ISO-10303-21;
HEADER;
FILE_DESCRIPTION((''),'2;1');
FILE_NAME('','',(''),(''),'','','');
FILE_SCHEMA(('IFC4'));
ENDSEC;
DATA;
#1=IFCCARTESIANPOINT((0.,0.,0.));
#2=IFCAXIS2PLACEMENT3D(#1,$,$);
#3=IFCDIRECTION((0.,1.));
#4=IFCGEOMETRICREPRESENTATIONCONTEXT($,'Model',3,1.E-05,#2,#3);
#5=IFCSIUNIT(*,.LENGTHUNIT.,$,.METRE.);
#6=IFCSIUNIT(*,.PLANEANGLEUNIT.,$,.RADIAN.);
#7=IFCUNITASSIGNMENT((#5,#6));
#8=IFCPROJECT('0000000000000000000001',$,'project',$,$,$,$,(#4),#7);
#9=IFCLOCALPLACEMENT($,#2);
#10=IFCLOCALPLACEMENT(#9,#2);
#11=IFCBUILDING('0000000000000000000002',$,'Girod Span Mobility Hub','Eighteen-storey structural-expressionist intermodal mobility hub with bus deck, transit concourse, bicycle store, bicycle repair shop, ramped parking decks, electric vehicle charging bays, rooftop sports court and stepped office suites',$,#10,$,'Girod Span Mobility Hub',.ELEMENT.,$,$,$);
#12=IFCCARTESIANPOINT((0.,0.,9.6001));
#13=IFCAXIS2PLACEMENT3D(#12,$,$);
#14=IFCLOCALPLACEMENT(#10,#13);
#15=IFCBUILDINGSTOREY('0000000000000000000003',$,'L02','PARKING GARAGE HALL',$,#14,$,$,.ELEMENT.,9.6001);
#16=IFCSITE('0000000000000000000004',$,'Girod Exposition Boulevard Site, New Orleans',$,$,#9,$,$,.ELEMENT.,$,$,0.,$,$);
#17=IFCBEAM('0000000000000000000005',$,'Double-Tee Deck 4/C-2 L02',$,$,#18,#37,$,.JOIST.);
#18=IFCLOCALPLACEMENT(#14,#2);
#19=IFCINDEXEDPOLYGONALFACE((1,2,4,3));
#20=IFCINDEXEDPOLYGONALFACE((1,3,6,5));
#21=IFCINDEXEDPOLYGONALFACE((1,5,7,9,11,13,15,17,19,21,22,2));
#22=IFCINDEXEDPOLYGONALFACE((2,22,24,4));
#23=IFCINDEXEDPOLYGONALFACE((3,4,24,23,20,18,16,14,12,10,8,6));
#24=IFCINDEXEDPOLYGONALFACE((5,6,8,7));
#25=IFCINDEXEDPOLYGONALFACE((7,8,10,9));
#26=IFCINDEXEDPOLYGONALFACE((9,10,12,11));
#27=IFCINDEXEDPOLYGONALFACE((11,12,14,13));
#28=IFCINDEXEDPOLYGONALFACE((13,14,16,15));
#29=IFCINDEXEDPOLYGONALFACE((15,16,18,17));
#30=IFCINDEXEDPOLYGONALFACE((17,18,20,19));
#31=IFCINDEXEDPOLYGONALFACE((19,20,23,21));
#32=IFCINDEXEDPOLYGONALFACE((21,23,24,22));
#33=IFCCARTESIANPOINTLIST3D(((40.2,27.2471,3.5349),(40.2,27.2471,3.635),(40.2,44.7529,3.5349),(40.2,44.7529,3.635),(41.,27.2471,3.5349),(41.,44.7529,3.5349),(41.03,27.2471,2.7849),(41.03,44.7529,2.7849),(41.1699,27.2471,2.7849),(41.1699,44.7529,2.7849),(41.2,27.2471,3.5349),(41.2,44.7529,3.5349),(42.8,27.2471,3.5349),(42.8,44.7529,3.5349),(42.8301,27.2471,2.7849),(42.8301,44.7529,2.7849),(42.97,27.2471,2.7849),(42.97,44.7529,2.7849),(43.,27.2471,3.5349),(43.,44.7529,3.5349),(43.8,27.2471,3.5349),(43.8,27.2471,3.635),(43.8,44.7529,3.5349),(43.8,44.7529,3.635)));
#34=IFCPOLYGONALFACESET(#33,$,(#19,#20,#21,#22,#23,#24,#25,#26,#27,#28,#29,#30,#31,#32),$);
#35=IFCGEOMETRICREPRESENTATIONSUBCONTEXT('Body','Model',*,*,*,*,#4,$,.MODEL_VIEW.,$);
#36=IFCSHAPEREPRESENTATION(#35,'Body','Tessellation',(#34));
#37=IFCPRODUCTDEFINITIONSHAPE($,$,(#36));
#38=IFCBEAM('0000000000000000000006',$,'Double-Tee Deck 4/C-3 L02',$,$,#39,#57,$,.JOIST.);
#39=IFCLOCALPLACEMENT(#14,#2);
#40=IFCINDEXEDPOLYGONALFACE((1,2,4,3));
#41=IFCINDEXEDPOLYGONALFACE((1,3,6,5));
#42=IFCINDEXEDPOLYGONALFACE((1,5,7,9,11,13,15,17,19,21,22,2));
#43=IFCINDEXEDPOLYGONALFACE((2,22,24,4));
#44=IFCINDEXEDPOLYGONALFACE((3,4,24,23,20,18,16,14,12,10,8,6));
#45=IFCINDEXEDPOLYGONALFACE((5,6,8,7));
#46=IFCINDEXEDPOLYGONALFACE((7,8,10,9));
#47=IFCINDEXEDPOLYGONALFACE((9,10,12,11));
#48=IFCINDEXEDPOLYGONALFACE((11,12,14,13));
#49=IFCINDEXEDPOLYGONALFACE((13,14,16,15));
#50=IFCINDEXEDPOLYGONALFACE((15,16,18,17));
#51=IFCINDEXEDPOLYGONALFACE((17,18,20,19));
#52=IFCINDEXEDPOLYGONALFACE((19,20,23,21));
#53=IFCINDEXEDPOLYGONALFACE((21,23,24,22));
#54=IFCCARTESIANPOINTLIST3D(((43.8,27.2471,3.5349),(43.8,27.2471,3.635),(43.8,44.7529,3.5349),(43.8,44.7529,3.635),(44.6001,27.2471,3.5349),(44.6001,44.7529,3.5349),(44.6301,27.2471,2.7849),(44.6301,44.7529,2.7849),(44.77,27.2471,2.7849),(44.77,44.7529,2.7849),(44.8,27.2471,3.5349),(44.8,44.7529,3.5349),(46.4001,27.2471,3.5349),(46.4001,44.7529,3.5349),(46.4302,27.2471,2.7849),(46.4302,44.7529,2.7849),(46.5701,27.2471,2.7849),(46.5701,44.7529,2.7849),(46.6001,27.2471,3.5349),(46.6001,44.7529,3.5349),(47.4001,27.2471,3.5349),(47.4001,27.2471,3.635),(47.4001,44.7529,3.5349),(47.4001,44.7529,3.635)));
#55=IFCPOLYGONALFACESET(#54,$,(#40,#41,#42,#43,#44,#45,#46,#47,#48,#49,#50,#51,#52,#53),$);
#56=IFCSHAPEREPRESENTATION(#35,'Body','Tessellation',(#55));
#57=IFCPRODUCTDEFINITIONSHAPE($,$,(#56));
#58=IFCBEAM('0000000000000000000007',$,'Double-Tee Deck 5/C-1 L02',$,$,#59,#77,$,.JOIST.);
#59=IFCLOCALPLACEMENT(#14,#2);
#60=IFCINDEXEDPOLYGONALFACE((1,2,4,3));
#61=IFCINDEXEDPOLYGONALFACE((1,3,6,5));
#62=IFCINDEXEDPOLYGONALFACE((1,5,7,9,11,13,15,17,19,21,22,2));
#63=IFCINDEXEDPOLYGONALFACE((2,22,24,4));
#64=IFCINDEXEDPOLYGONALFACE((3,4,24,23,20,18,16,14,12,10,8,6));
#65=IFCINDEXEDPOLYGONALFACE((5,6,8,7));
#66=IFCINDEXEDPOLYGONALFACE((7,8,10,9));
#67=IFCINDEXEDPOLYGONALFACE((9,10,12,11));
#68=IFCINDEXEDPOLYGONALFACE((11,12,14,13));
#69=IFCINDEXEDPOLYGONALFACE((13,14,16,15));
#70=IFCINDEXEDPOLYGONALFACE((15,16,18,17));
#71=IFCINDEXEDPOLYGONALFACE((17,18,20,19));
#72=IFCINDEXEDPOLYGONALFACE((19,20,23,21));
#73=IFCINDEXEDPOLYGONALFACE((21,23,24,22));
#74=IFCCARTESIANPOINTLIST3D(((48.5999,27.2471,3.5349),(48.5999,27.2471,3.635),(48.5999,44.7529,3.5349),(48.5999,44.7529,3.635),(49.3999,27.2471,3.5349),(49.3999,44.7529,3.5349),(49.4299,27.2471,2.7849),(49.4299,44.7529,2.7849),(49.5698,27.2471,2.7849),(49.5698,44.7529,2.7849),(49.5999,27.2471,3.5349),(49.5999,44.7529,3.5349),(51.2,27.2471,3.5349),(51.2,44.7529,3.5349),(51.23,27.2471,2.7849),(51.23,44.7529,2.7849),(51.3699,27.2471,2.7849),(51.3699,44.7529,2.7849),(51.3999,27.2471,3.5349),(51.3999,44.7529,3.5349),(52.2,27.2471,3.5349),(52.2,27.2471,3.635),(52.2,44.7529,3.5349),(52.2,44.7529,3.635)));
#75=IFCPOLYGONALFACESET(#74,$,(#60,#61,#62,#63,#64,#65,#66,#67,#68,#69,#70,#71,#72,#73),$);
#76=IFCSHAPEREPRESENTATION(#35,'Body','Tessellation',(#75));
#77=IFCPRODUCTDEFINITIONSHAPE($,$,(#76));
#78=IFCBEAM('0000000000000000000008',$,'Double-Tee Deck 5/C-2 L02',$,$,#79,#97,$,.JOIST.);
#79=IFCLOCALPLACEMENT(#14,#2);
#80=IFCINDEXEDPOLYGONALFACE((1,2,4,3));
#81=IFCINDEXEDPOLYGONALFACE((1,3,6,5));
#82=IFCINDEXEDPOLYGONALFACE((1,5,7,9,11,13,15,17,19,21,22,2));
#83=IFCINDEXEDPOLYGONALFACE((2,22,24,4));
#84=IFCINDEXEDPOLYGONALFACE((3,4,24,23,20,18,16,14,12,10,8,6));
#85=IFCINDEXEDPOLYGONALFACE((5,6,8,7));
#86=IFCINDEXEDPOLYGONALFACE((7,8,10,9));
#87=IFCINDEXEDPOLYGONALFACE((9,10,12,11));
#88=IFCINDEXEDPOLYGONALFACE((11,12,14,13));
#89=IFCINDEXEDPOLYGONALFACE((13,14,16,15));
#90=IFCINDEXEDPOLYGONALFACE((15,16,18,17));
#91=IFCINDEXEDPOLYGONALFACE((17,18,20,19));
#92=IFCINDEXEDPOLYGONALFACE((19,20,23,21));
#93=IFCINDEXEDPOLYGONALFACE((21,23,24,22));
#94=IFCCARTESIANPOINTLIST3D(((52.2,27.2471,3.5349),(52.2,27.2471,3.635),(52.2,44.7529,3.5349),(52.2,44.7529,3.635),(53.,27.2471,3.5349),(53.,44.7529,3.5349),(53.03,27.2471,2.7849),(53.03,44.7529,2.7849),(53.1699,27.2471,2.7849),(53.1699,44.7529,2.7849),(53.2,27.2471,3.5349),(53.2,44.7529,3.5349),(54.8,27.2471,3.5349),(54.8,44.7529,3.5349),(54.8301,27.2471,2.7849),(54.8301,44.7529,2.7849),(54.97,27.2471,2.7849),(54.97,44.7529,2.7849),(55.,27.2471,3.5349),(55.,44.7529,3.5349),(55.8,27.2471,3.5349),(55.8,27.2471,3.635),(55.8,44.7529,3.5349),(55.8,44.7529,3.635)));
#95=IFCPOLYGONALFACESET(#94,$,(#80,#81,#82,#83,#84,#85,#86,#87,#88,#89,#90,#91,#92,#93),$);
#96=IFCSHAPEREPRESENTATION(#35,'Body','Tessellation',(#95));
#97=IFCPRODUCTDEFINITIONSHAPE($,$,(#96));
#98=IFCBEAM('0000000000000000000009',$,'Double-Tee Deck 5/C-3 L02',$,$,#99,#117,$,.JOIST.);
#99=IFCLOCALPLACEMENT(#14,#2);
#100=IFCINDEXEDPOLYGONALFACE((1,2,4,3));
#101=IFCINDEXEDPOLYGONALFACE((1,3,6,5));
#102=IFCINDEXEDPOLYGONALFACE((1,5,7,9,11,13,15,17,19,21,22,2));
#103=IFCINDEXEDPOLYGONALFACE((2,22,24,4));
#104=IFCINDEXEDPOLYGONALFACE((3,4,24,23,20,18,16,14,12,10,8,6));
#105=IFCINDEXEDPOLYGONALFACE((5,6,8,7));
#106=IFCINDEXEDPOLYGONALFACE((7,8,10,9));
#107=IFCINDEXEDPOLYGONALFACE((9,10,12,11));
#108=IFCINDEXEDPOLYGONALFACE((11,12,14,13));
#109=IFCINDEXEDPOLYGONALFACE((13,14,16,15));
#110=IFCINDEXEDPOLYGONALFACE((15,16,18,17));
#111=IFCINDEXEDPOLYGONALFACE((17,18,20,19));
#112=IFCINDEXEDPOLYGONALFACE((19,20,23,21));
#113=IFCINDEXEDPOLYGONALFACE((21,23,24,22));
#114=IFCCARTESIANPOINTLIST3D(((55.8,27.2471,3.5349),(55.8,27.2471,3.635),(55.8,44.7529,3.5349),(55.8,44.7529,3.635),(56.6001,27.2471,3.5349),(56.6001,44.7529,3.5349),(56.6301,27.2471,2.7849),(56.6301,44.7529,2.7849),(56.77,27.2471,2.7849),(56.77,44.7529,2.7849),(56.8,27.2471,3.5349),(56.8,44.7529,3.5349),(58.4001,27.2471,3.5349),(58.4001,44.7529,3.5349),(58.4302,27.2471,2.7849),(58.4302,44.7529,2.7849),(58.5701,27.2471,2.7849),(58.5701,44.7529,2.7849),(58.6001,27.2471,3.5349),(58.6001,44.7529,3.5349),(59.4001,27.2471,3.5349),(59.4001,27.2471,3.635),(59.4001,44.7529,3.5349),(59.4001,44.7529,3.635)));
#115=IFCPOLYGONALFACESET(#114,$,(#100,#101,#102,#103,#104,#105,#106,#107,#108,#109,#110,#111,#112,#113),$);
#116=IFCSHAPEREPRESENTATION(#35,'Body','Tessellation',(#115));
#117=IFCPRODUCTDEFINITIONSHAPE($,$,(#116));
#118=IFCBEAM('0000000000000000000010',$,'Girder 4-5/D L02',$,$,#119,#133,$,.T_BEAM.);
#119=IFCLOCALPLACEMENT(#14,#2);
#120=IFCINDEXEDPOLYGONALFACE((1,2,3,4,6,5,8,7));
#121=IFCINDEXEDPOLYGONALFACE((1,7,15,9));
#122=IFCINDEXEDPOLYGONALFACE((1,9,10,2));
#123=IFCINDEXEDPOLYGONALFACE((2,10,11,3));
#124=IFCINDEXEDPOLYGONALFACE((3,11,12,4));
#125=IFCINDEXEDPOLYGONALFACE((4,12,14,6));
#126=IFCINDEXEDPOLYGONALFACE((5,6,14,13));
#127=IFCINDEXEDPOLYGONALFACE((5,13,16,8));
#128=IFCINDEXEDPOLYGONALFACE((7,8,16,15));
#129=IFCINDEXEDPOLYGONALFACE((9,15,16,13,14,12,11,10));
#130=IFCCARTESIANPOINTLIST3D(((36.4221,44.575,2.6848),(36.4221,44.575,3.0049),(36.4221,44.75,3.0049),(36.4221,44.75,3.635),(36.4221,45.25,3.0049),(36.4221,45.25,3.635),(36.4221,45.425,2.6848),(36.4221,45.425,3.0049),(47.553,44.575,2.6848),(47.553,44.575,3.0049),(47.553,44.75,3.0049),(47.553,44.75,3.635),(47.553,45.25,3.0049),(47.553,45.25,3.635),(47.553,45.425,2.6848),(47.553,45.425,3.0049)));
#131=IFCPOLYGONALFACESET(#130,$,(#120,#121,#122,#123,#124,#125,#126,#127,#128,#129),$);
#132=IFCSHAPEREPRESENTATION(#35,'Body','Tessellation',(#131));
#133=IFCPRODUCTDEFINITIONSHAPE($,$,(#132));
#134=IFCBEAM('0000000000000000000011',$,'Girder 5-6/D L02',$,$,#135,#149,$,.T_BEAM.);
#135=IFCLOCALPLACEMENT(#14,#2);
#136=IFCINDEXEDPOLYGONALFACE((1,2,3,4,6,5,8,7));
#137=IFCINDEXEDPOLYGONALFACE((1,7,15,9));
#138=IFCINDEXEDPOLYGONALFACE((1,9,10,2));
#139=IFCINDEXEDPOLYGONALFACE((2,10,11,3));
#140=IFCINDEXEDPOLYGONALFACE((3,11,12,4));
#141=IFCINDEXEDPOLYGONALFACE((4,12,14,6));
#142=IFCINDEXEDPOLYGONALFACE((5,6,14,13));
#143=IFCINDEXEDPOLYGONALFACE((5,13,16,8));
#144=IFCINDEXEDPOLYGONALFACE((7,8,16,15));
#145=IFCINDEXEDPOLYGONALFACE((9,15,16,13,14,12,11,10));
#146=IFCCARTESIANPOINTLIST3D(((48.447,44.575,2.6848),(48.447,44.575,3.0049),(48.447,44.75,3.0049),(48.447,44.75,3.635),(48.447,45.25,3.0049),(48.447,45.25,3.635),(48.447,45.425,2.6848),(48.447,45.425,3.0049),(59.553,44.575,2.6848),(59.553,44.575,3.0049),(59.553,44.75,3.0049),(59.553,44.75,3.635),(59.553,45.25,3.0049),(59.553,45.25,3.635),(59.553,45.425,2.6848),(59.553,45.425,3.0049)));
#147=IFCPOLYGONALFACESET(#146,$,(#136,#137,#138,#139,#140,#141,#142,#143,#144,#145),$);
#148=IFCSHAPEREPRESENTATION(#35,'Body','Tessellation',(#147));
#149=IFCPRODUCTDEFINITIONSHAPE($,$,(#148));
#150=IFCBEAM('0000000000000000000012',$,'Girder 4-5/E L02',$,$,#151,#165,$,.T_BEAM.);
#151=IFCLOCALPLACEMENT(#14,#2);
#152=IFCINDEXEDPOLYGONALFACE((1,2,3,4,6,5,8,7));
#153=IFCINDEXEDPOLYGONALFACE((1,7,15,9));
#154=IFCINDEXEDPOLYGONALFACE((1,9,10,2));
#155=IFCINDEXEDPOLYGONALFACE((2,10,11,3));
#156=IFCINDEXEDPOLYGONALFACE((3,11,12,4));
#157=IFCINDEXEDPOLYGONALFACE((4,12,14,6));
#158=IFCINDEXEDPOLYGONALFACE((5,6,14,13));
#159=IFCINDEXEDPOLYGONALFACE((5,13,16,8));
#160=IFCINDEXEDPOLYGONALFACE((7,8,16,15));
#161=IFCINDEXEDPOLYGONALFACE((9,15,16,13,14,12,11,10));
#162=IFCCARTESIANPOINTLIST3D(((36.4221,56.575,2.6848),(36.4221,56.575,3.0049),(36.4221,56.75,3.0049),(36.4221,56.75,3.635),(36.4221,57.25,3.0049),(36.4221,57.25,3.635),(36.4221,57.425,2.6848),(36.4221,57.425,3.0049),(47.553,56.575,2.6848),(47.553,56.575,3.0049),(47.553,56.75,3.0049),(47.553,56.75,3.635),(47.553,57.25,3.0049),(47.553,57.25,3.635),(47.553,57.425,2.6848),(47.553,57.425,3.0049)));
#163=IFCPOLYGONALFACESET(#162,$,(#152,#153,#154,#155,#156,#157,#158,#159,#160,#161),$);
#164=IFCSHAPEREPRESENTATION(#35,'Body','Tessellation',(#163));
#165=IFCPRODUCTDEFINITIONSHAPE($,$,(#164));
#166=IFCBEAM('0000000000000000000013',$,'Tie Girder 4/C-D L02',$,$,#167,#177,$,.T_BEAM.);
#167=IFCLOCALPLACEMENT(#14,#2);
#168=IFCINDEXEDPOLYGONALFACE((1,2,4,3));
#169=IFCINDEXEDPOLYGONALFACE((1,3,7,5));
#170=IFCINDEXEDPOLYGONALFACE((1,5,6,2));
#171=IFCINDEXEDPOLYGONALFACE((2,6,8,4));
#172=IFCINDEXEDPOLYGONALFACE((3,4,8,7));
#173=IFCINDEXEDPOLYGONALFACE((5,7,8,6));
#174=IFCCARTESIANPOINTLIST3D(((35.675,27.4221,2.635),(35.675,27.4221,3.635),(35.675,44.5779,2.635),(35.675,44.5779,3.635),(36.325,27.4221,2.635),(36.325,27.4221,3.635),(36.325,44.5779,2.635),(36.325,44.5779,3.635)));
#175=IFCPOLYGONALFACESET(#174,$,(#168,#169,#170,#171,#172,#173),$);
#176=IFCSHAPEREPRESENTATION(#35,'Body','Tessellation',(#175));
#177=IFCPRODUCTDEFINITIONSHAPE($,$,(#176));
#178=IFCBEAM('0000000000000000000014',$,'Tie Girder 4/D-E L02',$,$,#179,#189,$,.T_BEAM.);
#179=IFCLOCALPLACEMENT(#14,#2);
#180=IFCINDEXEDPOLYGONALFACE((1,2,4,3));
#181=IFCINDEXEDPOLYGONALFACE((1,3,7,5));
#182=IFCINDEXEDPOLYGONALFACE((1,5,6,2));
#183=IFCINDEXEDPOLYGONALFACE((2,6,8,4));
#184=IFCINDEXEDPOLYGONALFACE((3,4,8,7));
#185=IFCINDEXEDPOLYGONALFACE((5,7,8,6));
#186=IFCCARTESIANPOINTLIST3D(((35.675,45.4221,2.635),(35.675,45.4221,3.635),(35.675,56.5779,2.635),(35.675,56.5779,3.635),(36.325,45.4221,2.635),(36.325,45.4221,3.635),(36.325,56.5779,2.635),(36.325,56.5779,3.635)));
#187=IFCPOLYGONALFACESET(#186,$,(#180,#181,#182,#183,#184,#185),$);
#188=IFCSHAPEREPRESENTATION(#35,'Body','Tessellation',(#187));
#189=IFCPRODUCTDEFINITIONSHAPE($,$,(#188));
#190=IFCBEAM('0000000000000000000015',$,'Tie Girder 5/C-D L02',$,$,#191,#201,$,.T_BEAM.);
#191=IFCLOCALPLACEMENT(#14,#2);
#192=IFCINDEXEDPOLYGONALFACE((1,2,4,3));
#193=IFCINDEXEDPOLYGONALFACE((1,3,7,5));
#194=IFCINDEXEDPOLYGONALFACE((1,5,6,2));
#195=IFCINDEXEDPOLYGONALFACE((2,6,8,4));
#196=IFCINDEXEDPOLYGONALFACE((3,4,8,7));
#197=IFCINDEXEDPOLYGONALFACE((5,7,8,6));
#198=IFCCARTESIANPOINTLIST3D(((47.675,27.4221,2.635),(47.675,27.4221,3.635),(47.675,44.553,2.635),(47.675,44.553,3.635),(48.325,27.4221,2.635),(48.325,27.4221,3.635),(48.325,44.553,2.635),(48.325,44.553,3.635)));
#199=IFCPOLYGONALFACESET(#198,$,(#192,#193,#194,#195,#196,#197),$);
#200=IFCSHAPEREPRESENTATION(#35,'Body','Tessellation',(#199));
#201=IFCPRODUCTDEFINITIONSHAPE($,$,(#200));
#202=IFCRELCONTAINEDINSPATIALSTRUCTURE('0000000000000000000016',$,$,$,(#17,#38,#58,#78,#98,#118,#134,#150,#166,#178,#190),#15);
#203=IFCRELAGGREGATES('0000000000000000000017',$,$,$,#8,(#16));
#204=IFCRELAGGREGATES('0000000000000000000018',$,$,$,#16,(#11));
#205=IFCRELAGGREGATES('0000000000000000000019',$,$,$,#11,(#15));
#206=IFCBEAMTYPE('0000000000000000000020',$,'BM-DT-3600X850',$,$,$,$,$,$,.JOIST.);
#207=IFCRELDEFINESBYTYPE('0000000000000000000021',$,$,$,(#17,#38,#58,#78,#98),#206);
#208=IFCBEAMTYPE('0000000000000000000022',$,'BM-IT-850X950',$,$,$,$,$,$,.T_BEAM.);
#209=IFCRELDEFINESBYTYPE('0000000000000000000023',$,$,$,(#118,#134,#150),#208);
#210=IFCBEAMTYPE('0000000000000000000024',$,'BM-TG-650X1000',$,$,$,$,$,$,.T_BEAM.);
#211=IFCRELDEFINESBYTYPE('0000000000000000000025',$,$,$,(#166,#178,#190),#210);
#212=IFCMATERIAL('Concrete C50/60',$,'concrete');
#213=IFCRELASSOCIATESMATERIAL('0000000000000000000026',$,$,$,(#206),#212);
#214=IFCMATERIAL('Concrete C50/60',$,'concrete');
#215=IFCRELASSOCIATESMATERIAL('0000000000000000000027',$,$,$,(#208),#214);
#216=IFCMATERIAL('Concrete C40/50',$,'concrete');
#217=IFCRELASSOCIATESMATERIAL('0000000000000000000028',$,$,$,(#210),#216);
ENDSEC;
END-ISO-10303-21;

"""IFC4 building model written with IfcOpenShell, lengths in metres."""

from ifc_helpers import new_model, si_unit, direction, frame, origin, origin_2d, place, context, subcontext, project, spatial, polyline, rectangle, outline, extrude, material, material_profile, profile_set, type_object, element, save


model = new_model("IFC4")

# Units and contexts
model_context = context("Model", 3, precision=1e-05, world=origin(), true_north=direction((0.0, 1.0)))
body_context = subcontext(model_context, "Body", "Model", "MODEL_VIEW")
ifc_project = project(units=[si_unit("LENGTHUNIT", "METRE"), si_unit("PLANEANGLEUNIT", "RADIAN")], contexts=[model_context])

# Site, building, storey
site_placement = place(None, origin())
site = spatial("IfcSite", under=ifc_project, at=site_placement, Name="Girod Exposition Boulevard Site, New Orleans", CompositionType="ELEMENT", RefElevation=0.0)
building_placement = place(site_placement, origin())
building = spatial("IfcBuilding", under=site, at=building_placement, Name="Girod Span Mobility Hub", Description="Eighteen-storey structural-expressionist intermodal mobility hub with bus deck, transit concourse, bicycle store, bicycle repair shop, ramped parking decks, electric vehicle charging bays, rooftop sports court and stepped office suites", LongName="Girod Span Mobility Hub", CompositionType="ELEMENT")
storey_placement = place(building_placement, frame((0.0, 0.0, 9.6001)))
storey = spatial("IfcBuildingStorey", under=building, at=storey_placement, Name="L02", Description="PARKING GARAGE HALL", CompositionType="ELEMENT", Elevation=9.6001)

# Beams
ifc_material_1 = material(Name="Concrete C50/60", Category="concrete")
ifc_material_profile_1 = material_profile(ifc_material_1, outline(polyline([(-1.8, 0.425), (-1.8, 0.325), (-1.0, 0.325), (-0.97, -0.425), (-0.8301, -0.425), (-0.8, 0.325), (0.8, 0.325), (0.8301, -0.425), (0.97, -0.425), (1.0, 0.325), (1.8, 0.325), (1.8, 0.425), (-1.8, 0.425)])), Name="DT-3600X850")
ifc_profile_set_1 = profile_set([ifc_material_profile_1], Name="Concrete C50/60")
beam_type_1 = type_object("IfcBeamType", Name="BM-DT-3600X850", PredefinedType="JOIST", material=ifc_profile_set_1)
for number, where, z_axis, x_axis, name in (
    (1, (42.0, 27.2471, 3.21), (0.0, 1.0, 0.0), (-1.0, 0.0, 0.0), "Double-Tee Deck 4/C-2 L02"),
    (2, (45.6001, 27.2471, 3.21), (0.0, 1.0, 0.0), (-1.0, 0.0, 0.0), "Double-Tee Deck 4/C-3 L02"),
    (3, (50.3999, 27.2471, 3.21), (0.0, 1.0, 0.0), (-1.0, 0.0, 0.0), "Double-Tee Deck 5/C-1 L02"),
    (4, (54.0, 27.2471, 3.21), (0.0, 1.0, 0.0), (-1.0, 0.0, 0.0), "Double-Tee Deck 5/C-2 L02"),
    (5, (57.6001, 27.2471, 3.21), (0.0, 1.0, 0.0), (-1.0, 0.0, 0.0), "Double-Tee Deck 5/C-3 L02"),
):
    element("IfcBeam", number, at=place(storey_placement, frame(where, z_axis=z_axis, x_axis=x_axis)), inside=storey, type_object=beam_type_1, Name=name, PredefinedType="JOIST", context=body_context, shape_type="SweptSolid", body=[
        extrude(outline(polyline([(-1.8, 0.425), (-1.8, 0.325), (-1.0, 0.325), (-0.97, -0.425), (-0.8301, -0.425), (-0.8, 0.325), (0.8, 0.325), (0.8301, -0.425), (0.97, -0.425), (1.0, 0.325), (1.8, 0.325), (1.8, 0.425), (-1.8, 0.425)])), origin(), (0.0, 0.0, 1.0), 17.5059),
    ])
ifc_material_2 = material(Name="Concrete C50/60", Category="concrete")
ifc_material_profile_2 = material_profile(ifc_material_2, outline(polyline([(-0.425, -0.4751), (0.425, -0.4751), (0.425, -0.155), (0.25, -0.155), (0.25, 0.4751), (-0.25, 0.4751), (-0.25, -0.155), (-0.425, -0.155), (-0.425, -0.4751)])), Name="IT-850X950")
ifc_profile_set_2 = profile_set([ifc_material_profile_2], Name="Concrete C50/60")
beam_type_2 = type_object("IfcBeamType", Name="BM-IT-850X950", PredefinedType="T_BEAM", material=ifc_profile_set_2)
beam_1_placement = place(storey_placement, frame((36.4221, 45.0, 3.1599), z_axis=(1.0, 0.0, 0.0), x_axis=(0.0, 1.0, 0.0)))
element("IfcBeam", 6, at=beam_1_placement, inside=storey, type_object=beam_type_2, Name="Girder 4-5/D L02", PredefinedType="T_BEAM", context=body_context, shape_type="SweptSolid", body=[
    extrude(outline(polyline([(-0.425, -0.4751), (0.425, -0.4751), (0.425, -0.155), (0.25, -0.155), (0.25, 0.4751), (-0.25, 0.4751), (-0.25, -0.155), (-0.425, -0.155), (-0.425, -0.4751)])), origin(), (0.0, 0.0, 1.0), 11.1309),
])
beam_2_placement = place(storey_placement, frame((48.447, 45.0, 3.1599), z_axis=(1.0, 0.0, 0.0), x_axis=(0.0, 1.0, 0.0)))
element("IfcBeam", 7, at=beam_2_placement, inside=storey, type_object=beam_type_2, Name="Girder 5-6/D L02", PredefinedType="T_BEAM", context=body_context, shape_type="SweptSolid", body=[
    extrude(outline(polyline([(-0.425, -0.4751), (0.425, -0.4751), (0.425, -0.155), (0.25, -0.155), (0.25, 0.4751), (-0.25, 0.4751), (-0.25, -0.155), (-0.425, -0.155), (-0.425, -0.4751)])), origin(), (0.0, 0.0, 1.0), 11.106),
])
beam_3_placement = place(storey_placement, frame((36.4221, 57.0, 3.1599), z_axis=(1.0, 0.0, 0.0), x_axis=(0.0, 1.0, 0.0)))
element("IfcBeam", 8, at=beam_3_placement, inside=storey, type_object=beam_type_2, Name="Girder 4-5/E L02", PredefinedType="T_BEAM", context=body_context, shape_type="SweptSolid", body=[
    extrude(outline(polyline([(-0.425, -0.4751), (0.425, -0.4751), (0.425, -0.155), (0.25, -0.155), (0.25, 0.4751), (-0.25, 0.4751), (-0.25, -0.155), (-0.425, -0.155), (-0.425, -0.4751)])), origin(), (0.0, 0.0, 1.0), 11.1309),
])
ifc_material_3 = material(Name="Concrete C40/50", Category="concrete")
ifc_material_profile_3 = material_profile(ifc_material_3, rectangle(XDim=0.6499, YDim=1.0, at=origin_2d()), Name="TG-650X1000")
ifc_profile_set_3 = profile_set([ifc_material_profile_3], Name="Concrete C40/50")
beam_type_3 = type_object("IfcBeamType", Name="BM-TG-650X1000", PredefinedType="T_BEAM", material=ifc_profile_set_3)
beam_4_placement = place(storey_placement, frame((36.0, 27.4221, 3.135), z_axis=(0.0, 1.0, 0.0), x_axis=(-1.0, 0.0, 0.0)))
element("IfcBeam", 9, at=beam_4_placement, inside=storey, type_object=beam_type_3, Name="Tie Girder 4/C-D L02", PredefinedType="T_BEAM", context=body_context, shape_type="SweptSolid", body=[
    extrude(rectangle(XDim=0.6499, YDim=1.0, at=origin_2d()), origin(), (0.0, 0.0, 1.0), 17.1558),
])
beam_5_placement = place(storey_placement, frame((36.0, 45.4221, 3.135), z_axis=(0.0, 1.0, 0.0), x_axis=(-1.0, 0.0, 0.0)))
element("IfcBeam", 10, at=beam_5_placement, inside=storey, type_object=beam_type_3, Name="Tie Girder 4/D-E L02", PredefinedType="T_BEAM", context=body_context, shape_type="SweptSolid", body=[
    extrude(rectangle(XDim=0.6499, YDim=1.0, at=origin_2d()), origin(), (0.0, 0.0, 1.0), 11.1558),
])
beam_6_placement = place(storey_placement, frame((48.0, 27.4221, 3.135), z_axis=(0.0, 1.0, 0.0), x_axis=(-1.0, 0.0, 0.0)))
element("IfcBeam", 11, at=beam_6_placement, inside=storey, type_object=beam_type_3, Name="Tie Girder 5/C-D L02", PredefinedType="T_BEAM", context=body_context, shape_type="SweptSolid", body=[
    extrude(rectangle(XDim=0.6499, YDim=1.0, at=origin_2d()), origin(), (0.0, 0.0, 1.0), 17.1309),
])

save(model, "model.ifc")
